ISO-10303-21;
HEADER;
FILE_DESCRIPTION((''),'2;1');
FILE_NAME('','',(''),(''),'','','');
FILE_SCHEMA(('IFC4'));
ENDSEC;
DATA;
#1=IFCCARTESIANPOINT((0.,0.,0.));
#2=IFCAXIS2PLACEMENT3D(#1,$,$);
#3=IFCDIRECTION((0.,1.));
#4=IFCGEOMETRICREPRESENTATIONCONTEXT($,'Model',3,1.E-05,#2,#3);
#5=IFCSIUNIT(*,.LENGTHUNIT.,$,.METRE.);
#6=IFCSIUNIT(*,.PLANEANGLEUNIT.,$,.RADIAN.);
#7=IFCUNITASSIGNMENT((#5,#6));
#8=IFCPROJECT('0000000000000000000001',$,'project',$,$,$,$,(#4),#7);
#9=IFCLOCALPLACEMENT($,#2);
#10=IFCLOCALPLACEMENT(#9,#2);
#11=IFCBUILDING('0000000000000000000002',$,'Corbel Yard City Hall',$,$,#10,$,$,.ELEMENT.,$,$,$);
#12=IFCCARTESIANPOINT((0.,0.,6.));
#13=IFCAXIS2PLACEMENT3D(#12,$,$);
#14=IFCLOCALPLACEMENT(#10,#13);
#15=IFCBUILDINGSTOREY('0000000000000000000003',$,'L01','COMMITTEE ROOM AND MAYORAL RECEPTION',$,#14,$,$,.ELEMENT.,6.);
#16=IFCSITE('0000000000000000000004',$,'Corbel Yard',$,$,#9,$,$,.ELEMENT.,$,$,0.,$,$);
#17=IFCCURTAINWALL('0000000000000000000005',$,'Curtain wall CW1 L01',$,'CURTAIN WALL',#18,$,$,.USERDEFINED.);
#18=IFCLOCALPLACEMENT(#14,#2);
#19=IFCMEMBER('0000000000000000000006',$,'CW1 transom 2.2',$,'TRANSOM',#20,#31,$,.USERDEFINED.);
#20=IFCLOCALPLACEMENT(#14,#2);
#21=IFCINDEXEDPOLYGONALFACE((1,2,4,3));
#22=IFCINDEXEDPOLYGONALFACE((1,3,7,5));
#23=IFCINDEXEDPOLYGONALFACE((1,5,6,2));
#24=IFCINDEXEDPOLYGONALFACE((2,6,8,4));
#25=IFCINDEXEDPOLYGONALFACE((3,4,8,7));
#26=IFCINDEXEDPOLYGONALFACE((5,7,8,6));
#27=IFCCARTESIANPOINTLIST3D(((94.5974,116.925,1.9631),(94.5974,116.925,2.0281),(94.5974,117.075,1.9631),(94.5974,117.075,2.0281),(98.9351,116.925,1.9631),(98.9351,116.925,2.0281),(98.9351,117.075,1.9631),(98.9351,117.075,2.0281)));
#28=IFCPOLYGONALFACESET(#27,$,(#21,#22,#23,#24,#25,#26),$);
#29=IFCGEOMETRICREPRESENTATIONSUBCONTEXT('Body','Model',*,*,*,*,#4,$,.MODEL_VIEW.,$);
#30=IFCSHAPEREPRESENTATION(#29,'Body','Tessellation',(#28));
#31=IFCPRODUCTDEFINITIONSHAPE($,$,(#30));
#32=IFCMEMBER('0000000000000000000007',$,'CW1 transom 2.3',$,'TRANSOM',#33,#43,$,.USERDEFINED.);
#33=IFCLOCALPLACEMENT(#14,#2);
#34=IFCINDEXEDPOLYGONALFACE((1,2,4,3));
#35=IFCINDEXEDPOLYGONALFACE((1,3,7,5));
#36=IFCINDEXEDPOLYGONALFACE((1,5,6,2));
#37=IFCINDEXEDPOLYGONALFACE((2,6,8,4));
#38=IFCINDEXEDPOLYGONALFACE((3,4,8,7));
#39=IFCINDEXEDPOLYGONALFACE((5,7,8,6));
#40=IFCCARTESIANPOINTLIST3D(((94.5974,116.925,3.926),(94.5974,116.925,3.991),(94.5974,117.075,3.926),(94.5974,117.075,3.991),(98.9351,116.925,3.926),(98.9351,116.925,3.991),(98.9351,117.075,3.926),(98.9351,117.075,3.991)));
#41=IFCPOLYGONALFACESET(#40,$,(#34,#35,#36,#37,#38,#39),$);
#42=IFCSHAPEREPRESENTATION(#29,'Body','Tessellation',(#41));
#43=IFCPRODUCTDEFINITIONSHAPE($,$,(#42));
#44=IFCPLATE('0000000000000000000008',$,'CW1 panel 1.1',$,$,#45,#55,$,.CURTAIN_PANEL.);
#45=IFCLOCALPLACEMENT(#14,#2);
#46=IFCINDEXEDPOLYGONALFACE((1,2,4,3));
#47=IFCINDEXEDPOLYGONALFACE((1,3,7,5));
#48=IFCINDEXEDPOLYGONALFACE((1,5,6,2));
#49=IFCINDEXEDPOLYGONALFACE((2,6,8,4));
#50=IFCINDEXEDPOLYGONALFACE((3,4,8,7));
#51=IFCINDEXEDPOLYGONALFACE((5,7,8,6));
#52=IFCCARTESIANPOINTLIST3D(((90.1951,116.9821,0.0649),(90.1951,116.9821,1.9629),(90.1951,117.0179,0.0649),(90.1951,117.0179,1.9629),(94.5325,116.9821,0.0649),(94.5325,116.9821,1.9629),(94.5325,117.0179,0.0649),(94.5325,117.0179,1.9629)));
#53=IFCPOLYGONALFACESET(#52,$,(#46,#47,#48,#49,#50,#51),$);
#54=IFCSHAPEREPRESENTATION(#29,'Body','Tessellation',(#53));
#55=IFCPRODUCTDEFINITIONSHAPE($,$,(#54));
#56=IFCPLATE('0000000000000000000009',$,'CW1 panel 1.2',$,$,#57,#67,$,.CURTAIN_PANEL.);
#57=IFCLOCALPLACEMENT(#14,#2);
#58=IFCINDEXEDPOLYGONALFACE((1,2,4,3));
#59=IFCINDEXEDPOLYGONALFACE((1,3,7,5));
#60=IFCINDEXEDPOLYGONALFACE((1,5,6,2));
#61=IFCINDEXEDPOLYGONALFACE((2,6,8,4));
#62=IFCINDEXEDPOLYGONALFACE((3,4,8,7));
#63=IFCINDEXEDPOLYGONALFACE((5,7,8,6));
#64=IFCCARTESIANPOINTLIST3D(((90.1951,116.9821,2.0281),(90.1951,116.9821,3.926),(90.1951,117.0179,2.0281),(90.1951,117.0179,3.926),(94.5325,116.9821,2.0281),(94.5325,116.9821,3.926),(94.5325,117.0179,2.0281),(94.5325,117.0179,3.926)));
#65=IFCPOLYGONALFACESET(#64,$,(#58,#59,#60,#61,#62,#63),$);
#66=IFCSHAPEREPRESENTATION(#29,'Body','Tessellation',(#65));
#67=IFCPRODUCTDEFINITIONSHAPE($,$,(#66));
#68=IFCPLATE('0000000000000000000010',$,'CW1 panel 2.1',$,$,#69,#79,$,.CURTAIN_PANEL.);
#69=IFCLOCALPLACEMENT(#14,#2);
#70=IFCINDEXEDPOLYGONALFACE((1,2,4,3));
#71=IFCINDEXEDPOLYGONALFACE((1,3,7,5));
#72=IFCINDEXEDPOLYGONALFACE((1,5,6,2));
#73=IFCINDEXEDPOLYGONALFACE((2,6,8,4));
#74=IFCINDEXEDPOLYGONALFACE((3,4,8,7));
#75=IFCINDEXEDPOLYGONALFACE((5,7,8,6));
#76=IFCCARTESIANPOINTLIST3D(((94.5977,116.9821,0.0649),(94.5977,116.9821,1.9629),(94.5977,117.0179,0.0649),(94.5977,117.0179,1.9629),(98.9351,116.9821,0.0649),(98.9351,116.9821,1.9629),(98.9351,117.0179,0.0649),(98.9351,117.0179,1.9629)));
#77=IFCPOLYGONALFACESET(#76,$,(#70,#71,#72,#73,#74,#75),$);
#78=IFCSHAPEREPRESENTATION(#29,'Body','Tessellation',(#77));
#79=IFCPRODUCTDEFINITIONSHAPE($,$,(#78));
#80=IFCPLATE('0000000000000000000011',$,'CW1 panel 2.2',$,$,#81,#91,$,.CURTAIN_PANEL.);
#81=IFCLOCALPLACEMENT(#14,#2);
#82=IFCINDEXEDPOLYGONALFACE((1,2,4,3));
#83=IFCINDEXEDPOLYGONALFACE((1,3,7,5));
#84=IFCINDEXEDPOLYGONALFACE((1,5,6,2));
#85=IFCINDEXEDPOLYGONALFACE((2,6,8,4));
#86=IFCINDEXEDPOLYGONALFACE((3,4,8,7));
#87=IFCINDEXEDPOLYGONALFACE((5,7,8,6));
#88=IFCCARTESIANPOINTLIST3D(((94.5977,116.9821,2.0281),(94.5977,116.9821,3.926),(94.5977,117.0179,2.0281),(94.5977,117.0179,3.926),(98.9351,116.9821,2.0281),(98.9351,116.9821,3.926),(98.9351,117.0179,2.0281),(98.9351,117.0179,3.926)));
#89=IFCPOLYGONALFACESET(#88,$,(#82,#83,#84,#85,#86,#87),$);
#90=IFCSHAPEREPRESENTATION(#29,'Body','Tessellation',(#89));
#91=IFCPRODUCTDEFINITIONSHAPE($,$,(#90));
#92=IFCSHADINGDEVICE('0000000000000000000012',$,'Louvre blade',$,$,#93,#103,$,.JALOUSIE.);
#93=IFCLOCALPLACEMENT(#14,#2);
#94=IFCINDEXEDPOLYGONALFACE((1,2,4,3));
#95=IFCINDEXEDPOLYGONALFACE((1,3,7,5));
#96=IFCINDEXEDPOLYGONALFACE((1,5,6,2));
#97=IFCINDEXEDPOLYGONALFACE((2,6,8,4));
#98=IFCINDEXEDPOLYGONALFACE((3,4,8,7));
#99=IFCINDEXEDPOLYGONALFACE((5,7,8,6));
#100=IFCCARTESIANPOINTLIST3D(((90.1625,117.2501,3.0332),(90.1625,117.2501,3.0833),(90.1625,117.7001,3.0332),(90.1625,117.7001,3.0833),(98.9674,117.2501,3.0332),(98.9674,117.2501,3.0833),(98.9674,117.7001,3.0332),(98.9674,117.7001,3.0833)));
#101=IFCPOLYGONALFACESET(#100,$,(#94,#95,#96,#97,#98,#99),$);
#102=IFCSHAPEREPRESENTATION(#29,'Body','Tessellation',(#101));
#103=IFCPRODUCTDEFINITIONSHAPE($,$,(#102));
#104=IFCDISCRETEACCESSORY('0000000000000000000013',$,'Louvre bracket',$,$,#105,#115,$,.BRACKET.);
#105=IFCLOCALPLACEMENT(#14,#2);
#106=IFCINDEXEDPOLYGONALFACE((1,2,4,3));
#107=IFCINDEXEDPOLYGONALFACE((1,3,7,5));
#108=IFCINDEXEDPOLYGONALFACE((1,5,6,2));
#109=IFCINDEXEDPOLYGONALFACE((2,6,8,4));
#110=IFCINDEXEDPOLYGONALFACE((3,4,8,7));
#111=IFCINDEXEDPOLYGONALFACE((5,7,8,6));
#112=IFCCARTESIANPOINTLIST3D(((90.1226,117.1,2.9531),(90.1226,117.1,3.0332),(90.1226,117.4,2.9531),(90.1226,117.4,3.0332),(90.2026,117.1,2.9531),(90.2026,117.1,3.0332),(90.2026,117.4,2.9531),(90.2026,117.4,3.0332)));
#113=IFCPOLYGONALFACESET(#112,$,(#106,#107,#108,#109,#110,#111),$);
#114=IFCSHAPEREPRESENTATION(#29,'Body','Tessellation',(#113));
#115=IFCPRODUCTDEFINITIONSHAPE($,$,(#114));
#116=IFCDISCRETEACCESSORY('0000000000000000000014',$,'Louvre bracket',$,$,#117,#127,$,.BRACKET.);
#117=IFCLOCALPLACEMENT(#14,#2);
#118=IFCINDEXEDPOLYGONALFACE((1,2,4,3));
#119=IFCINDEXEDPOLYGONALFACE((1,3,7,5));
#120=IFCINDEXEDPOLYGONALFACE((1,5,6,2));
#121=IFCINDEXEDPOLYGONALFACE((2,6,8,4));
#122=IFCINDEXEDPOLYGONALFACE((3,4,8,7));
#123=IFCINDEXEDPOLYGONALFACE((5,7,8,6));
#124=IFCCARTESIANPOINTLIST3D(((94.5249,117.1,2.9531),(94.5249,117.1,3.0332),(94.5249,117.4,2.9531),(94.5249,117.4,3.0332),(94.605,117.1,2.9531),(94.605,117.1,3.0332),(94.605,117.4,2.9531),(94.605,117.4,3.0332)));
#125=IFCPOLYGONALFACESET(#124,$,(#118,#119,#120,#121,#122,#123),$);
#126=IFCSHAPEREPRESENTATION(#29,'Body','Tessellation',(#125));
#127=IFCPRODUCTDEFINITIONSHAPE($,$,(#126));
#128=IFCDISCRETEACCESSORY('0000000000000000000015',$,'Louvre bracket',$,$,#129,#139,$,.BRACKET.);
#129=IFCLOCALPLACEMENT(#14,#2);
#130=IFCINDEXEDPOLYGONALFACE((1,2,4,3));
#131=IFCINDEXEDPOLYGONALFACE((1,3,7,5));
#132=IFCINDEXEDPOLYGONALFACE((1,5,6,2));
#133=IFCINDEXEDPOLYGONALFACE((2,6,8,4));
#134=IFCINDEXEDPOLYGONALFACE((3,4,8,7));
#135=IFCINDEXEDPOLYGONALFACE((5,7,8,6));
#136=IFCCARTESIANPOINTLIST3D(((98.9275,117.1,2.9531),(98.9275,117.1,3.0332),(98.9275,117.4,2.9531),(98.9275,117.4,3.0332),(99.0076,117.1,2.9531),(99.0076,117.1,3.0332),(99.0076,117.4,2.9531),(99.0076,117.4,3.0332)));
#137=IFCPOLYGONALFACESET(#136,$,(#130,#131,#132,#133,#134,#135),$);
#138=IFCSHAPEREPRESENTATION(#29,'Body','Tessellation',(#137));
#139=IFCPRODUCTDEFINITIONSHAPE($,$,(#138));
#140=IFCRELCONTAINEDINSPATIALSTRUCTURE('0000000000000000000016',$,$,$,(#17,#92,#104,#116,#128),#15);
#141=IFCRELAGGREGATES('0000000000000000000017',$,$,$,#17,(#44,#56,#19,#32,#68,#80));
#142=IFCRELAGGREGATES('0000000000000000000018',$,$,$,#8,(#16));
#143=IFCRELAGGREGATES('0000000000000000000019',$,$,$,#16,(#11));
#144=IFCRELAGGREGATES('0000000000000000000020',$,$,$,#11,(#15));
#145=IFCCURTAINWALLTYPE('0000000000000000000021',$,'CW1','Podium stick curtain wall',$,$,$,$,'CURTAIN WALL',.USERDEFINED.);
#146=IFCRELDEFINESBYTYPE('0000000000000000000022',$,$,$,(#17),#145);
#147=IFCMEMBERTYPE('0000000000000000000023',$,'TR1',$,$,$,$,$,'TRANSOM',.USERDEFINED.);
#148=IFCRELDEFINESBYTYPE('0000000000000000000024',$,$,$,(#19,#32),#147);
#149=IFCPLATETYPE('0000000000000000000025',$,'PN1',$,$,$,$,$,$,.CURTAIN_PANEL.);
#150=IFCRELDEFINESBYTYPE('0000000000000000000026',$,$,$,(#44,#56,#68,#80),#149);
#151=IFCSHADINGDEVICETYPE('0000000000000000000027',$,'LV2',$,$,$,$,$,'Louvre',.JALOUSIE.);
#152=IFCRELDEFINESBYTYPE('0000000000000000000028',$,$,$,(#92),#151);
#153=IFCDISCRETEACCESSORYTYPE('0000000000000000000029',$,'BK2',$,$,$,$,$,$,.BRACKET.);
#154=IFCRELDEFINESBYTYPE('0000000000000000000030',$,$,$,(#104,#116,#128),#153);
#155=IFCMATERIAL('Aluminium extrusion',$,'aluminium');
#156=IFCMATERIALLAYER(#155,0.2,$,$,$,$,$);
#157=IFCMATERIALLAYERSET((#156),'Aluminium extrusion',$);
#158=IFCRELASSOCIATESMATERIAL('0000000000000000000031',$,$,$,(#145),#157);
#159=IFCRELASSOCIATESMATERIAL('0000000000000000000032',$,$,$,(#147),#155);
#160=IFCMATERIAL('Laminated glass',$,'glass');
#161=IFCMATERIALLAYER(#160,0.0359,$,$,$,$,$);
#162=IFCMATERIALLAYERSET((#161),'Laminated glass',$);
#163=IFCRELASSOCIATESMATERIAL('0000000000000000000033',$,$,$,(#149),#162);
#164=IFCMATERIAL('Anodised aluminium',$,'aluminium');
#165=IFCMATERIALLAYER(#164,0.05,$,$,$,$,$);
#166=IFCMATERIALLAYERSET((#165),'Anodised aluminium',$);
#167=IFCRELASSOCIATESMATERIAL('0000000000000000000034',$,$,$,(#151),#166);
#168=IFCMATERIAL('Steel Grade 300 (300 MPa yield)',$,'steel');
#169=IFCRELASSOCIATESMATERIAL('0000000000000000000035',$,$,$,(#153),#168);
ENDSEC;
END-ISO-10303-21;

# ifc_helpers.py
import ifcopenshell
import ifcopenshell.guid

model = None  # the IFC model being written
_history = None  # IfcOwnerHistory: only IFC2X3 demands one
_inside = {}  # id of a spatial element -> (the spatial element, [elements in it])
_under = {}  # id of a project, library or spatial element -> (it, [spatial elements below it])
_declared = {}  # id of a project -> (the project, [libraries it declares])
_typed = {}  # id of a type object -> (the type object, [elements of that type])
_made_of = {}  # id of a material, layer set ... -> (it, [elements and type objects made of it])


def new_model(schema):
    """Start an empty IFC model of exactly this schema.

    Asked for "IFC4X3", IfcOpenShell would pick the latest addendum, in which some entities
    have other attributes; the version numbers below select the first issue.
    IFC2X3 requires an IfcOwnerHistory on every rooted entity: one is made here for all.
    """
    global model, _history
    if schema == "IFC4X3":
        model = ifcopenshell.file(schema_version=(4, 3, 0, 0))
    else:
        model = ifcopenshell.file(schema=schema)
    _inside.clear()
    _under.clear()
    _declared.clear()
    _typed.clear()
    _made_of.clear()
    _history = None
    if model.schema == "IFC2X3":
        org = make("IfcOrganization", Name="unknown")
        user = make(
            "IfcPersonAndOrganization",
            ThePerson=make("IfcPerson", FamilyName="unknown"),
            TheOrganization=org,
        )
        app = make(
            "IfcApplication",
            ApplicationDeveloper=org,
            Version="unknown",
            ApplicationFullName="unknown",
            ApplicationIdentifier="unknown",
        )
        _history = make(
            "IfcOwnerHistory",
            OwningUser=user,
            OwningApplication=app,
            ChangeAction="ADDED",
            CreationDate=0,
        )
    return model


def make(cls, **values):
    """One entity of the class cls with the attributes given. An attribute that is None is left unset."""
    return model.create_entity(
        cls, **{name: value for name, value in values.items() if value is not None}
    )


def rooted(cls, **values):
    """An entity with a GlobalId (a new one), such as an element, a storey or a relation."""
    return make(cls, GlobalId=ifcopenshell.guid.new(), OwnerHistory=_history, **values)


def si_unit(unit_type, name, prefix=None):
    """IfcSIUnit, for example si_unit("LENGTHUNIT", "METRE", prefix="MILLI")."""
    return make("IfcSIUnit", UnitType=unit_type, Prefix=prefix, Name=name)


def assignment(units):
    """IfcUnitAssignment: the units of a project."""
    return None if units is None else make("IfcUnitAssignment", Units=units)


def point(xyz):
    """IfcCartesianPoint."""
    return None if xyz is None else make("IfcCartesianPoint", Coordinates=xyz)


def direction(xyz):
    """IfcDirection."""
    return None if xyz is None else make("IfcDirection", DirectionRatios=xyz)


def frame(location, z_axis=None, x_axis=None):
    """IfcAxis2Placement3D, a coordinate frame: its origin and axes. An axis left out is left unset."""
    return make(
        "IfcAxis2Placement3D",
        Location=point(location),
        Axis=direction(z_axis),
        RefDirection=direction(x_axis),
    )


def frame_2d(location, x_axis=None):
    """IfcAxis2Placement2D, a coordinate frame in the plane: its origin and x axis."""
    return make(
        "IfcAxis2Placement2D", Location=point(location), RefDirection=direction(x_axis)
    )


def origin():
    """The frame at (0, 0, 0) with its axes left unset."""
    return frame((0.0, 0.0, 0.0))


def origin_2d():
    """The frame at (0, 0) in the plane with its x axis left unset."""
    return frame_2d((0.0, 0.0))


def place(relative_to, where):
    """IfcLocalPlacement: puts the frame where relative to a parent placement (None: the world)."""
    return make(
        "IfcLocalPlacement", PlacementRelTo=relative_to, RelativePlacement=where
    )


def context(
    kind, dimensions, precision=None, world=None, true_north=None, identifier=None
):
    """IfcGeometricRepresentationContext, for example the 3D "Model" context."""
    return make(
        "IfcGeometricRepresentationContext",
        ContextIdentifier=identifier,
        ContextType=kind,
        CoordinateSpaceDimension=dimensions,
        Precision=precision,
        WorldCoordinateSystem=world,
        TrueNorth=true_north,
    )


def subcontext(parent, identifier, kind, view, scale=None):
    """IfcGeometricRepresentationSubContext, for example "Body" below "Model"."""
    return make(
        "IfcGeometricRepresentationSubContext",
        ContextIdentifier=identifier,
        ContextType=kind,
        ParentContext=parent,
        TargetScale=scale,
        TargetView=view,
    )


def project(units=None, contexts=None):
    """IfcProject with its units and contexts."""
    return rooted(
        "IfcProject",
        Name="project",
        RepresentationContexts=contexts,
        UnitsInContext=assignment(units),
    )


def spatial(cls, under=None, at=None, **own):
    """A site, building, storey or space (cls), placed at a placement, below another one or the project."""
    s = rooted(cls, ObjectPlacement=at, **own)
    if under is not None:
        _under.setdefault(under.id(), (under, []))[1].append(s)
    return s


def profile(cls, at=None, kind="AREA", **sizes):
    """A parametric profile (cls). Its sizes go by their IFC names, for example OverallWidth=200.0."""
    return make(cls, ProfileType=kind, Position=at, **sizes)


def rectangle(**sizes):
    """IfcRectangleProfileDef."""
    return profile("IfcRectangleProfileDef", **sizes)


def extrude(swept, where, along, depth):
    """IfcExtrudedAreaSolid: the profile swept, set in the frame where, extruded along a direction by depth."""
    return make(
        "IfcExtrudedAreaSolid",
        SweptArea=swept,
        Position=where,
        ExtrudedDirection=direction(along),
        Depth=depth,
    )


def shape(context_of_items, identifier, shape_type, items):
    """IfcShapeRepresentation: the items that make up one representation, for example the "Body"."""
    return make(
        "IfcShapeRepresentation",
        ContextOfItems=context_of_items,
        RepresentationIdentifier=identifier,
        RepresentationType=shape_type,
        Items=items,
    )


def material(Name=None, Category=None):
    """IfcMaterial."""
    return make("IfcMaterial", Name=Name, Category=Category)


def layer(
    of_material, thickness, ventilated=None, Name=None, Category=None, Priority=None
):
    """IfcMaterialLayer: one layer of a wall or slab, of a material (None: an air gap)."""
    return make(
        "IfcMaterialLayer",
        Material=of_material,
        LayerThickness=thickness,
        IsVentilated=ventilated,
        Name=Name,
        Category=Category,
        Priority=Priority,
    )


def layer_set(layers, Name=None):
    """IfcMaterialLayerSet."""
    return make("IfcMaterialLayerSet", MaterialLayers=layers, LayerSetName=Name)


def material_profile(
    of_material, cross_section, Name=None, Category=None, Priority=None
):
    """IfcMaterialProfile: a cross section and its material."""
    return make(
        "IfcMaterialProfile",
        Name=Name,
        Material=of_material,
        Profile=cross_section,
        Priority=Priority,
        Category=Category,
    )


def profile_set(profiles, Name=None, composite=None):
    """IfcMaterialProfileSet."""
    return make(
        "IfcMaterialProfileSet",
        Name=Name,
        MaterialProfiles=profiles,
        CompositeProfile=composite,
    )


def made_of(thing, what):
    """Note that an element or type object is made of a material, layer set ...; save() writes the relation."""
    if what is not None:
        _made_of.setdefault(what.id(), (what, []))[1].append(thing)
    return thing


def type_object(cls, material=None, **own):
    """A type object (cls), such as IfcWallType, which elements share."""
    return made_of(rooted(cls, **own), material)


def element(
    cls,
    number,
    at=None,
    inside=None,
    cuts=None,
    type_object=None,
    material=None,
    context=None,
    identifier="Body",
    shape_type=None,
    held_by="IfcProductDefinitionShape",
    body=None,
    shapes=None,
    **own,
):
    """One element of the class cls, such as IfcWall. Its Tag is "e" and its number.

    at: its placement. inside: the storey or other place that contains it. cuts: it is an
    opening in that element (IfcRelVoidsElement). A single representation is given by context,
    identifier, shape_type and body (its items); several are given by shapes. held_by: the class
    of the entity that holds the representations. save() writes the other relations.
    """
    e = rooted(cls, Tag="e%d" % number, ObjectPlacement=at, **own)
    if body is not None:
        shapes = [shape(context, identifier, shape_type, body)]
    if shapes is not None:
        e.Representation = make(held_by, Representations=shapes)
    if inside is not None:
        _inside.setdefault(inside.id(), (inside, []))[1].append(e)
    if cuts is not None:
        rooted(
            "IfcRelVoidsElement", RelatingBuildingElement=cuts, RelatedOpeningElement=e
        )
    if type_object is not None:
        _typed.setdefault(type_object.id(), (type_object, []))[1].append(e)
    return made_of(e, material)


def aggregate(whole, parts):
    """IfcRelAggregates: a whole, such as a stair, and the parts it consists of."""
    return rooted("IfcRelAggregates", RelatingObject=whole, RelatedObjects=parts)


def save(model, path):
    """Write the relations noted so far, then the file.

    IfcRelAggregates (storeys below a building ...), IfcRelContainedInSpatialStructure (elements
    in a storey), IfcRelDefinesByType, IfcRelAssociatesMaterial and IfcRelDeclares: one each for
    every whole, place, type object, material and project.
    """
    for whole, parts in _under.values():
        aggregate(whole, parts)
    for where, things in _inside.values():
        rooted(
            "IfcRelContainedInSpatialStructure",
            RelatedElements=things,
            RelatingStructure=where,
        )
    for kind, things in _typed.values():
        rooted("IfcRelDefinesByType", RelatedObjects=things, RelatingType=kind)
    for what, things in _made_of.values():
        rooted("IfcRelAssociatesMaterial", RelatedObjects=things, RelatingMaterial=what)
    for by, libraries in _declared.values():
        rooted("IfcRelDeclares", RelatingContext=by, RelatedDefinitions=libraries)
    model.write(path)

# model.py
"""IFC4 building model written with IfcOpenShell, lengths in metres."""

from ifc_helpers import new_model, si_unit, direction, frame, origin, origin_2d, place, context, subcontext, project, spatial, rectangle, extrude, material, layer, layer_set, material_profile, profile_set, type_object, element, aggregate, save


model = new_model("IFC4")

# Units and contexts
model_context = context("Model", 3, precision=1e-05, world=origin(), true_north=direction((0.0, 1.0)))
body_context = subcontext(model_context, "Body", "Model", "MODEL_VIEW")
ifc_project = project(units=[si_unit("LENGTHUNIT", "METRE"), si_unit("PLANEANGLEUNIT", "RADIAN")], contexts=[model_context])

# Site, building, storey
site_placement = place(None, origin())
site = spatial("IfcSite", under=ifc_project, at=site_placement, Name="Corbel Yard", CompositionType="ELEMENT", RefElevation=0.0)
building_placement = place(site_placement, origin())
building = spatial("IfcBuilding", under=site, at=building_placement, Name="Corbel Yard City Hall", CompositionType="ELEMENT")
storey_placement = place(building_placement, frame((0.0, 0.0, 6.0)))
storey = spatial("IfcBuildingStorey", under=building, at=storey_placement, Name="L01", Description="COMMITTEE ROOM AND MAYORAL RECEPTION", CompositionType="ELEMENT", Elevation=6.0)

# Shared definitions
ifc_material_1 = material(Name="Steel Grade 300 (300 MPa yield)", Category="steel")

# Curtain wall
ifc_material_2 = material(Name="Aluminium extrusion", Category="aluminium")
ifc_layer_1 = layer(ifc_material_2, 0.2)
ifc_layer_set_1 = layer_set([ifc_layer_1], Name="Aluminium extrusion")
curtain_wall_type = type_object("IfcCurtainWallType", Name="CW1", Description="Podium stick curtain wall", ElementType="CURTAIN WALL", PredefinedType="USERDEFINED", material=ifc_layer_set_1)
curtain_wall_placement = place(storey_placement, origin())
curtain_wall = element("IfcCurtainWall", 1, at=curtain_wall_placement, inside=storey, type_object=curtain_wall_type, Name="Curtain wall CW1 L01", ObjectType="CURTAIN WALL", PredefinedType="USERDEFINED")

# Members
ifc_material_profile_1 = material_profile(ifc_material_2, rectangle(XDim=0.1499, YDim=0.0649, at=origin_2d()), Name="150x65")
ifc_profile_set_1 = profile_set([ifc_material_profile_1], Name="Aluminium extrusion")
member_type_1 = type_object("IfcMemberType", Name="TR1", ElementType="TRANSOM", PredefinedType="USERDEFINED", material=ifc_profile_set_1)
member_1_placement = place(storey_placement, frame((94.5974, 117.0, 1.9956), z_axis=(1.0, 0.0, 0.0), x_axis=(0.0, 1.0, 0.0)))
member_1 = element("IfcMember", 2, at=member_1_placement, type_object=member_type_1, Name="CW1 transom 2.2", ObjectType="TRANSOM", PredefinedType="USERDEFINED", context=body_context, shape_type="SweptSolid", body=[
    extrude(rectangle(XDim=0.1499, YDim=0.0649, at=origin_2d()), origin(), (0.0, 0.0, 1.0), 4.3376),
])
member_2_placement = place(storey_placement, frame((94.5974, 117.0, 3.9585), z_axis=(1.0, 0.0, 0.0), x_axis=(0.0, 1.0, 0.0)))
member_2 = element("IfcMember", 3, at=member_2_placement, type_object=member_type_1, Name="CW1 transom 2.3", ObjectType="TRANSOM", PredefinedType="USERDEFINED", context=body_context, shape_type="SweptSolid", body=[
    extrude(rectangle(XDim=0.1499, YDim=0.0649, at=origin_2d()), origin(), (0.0, 0.0, 1.0), 4.3376),
])

# Plates
ifc_material_3 = material(Name="Laminated glass", Category="glass")
ifc_layer_2 = layer(ifc_material_3, 0.0359)
ifc_layer_set_2 = layer_set([ifc_layer_2], Name="Laminated glass")
plate_type = type_object("IfcPlateType", Name="PN1", PredefinedType="CURTAIN_PANEL", material=ifc_layer_set_2)
plate_1_placement = place(storey_placement, frame((92.3638, 117.0, 0.0649), z_axis=(0.0, 0.0, 1.0), x_axis=(1.0, 0.0, 0.0)))
plate_1 = element("IfcPlate", 4, at=plate_1_placement, type_object=plate_type, Name="CW1 panel 1.1", PredefinedType="CURTAIN_PANEL", context=body_context, shape_type="SweptSolid", body=[
    extrude(rectangle(XDim=4.3374, YDim=0.0359, at=origin_2d()), origin(), (0.0, 0.0, 1.0), 1.8979),
])
plate_2_placement = place(storey_placement, frame((92.3638, 117.0, 2.0281), z_axis=(0.0, 0.0, 1.0), x_axis=(1.0, 0.0, 0.0)))
plate_2 = element("IfcPlate", 5, at=plate_2_placement, type_object=plate_type, Name="CW1 panel 1.2", PredefinedType="CURTAIN_PANEL", context=body_context, shape_type="SweptSolid", body=[
    extrude(rectangle(XDim=4.3374, YDim=0.0359, at=origin_2d()), origin(), (0.0, 0.0, 1.0), 1.8979),
])
plate_3_placement = place(storey_placement, frame((96.7664, 117.0, 0.0649), z_axis=(0.0, 0.0, 1.0), x_axis=(1.0, 0.0, 0.0)))
plate_3 = element("IfcPlate", 6, at=plate_3_placement, type_object=plate_type, Name="CW1 panel 2.1", PredefinedType="CURTAIN_PANEL", context=body_context, shape_type="SweptSolid", body=[
    extrude(rectangle(XDim=4.3374, YDim=0.0359, at=origin_2d()), origin(), (0.0, 0.0, 1.0), 1.8979),
])
plate_4_placement = place(storey_placement, frame((96.7664, 117.0, 2.0281), z_axis=(0.0, 0.0, 1.0), x_axis=(1.0, 0.0, 0.0)))
plate_4 = element("IfcPlate", 7, at=plate_4_placement, type_object=plate_type, Name="CW1 panel 2.2", PredefinedType="CURTAIN_PANEL", context=body_context, shape_type="SweptSolid", body=[
    extrude(rectangle(XDim=4.3374, YDim=0.0359, at=origin_2d()), origin(), (0.0, 0.0, 1.0), 1.8979),
])
aggregate(curtain_wall, [plate_1, plate_2, member_1, member_2, plate_3, plate_4])

# Shading device
ifc_material_4 = material(Name="Anodised aluminium", Category="aluminium")
ifc_layer_3 = layer(ifc_material_4, 0.05)
ifc_layer_set_3 = layer_set([ifc_layer_3], Name="Anodised aluminium")
shading_device_type = type_object("IfcShadingDeviceType", Name="LV2", ElementType="Louvre", PredefinedType="JALOUSIE", material=ifc_layer_set_3)
shading_device_placement = place(storey_placement, frame((94.5649, 117.4751, 3.0332), z_axis=(0.0, 0.0, 1.0), x_axis=(1.0, 0.0, 0.0)))
element("IfcShadingDevice", 8, at=shading_device_placement, inside=storey, type_object=shading_device_type, Name="Louvre blade", PredefinedType="JALOUSIE", context=body_context, shape_type="SweptSolid", body=[
    extrude(rectangle(XDim=8.8049, YDim=0.45, at=origin_2d()), origin(), (0.0, 0.0, 1.0), 0.05),
])

# Discrete accessories
discrete_accessory_type = type_object("IfcDiscreteAccessoryType", Name="BK2", PredefinedType="BRACKET", material=ifc_material_1)
for number, where, z_axis, x_axis, name in (
    (9, (90.1626, 117.25, 2.9531), (0.0, 0.0, 1.0), (1.0, 0.0, 0.0), "Louvre bracket"),
    (10, (94.5649, 117.25, 2.9531), (0.0, 0.0, 1.0), (1.0, 0.0, 0.0), "Louvre bracket"),
    (11, (98.9675, 117.25, 2.9531), (0.0, 0.0, 1.0), (1.0, 0.0, 0.0), "Louvre bracket"),
):
    element("IfcDiscreteAccessory", number, at=place(storey_placement, frame(where, z_axis=z_axis, x_axis=x_axis)), inside=storey, type_object=discrete_accessory_type, Name=name, PredefinedType="BRACKET", context=body_context, shape_type="SweptSolid", body=[
        extrude(rectangle(XDim=0.0801, YDim=0.3, at=origin_2d()), origin(), (0.0, 0.0, 1.0), 0.0801),
    ])

save(model, "model.ifc")
